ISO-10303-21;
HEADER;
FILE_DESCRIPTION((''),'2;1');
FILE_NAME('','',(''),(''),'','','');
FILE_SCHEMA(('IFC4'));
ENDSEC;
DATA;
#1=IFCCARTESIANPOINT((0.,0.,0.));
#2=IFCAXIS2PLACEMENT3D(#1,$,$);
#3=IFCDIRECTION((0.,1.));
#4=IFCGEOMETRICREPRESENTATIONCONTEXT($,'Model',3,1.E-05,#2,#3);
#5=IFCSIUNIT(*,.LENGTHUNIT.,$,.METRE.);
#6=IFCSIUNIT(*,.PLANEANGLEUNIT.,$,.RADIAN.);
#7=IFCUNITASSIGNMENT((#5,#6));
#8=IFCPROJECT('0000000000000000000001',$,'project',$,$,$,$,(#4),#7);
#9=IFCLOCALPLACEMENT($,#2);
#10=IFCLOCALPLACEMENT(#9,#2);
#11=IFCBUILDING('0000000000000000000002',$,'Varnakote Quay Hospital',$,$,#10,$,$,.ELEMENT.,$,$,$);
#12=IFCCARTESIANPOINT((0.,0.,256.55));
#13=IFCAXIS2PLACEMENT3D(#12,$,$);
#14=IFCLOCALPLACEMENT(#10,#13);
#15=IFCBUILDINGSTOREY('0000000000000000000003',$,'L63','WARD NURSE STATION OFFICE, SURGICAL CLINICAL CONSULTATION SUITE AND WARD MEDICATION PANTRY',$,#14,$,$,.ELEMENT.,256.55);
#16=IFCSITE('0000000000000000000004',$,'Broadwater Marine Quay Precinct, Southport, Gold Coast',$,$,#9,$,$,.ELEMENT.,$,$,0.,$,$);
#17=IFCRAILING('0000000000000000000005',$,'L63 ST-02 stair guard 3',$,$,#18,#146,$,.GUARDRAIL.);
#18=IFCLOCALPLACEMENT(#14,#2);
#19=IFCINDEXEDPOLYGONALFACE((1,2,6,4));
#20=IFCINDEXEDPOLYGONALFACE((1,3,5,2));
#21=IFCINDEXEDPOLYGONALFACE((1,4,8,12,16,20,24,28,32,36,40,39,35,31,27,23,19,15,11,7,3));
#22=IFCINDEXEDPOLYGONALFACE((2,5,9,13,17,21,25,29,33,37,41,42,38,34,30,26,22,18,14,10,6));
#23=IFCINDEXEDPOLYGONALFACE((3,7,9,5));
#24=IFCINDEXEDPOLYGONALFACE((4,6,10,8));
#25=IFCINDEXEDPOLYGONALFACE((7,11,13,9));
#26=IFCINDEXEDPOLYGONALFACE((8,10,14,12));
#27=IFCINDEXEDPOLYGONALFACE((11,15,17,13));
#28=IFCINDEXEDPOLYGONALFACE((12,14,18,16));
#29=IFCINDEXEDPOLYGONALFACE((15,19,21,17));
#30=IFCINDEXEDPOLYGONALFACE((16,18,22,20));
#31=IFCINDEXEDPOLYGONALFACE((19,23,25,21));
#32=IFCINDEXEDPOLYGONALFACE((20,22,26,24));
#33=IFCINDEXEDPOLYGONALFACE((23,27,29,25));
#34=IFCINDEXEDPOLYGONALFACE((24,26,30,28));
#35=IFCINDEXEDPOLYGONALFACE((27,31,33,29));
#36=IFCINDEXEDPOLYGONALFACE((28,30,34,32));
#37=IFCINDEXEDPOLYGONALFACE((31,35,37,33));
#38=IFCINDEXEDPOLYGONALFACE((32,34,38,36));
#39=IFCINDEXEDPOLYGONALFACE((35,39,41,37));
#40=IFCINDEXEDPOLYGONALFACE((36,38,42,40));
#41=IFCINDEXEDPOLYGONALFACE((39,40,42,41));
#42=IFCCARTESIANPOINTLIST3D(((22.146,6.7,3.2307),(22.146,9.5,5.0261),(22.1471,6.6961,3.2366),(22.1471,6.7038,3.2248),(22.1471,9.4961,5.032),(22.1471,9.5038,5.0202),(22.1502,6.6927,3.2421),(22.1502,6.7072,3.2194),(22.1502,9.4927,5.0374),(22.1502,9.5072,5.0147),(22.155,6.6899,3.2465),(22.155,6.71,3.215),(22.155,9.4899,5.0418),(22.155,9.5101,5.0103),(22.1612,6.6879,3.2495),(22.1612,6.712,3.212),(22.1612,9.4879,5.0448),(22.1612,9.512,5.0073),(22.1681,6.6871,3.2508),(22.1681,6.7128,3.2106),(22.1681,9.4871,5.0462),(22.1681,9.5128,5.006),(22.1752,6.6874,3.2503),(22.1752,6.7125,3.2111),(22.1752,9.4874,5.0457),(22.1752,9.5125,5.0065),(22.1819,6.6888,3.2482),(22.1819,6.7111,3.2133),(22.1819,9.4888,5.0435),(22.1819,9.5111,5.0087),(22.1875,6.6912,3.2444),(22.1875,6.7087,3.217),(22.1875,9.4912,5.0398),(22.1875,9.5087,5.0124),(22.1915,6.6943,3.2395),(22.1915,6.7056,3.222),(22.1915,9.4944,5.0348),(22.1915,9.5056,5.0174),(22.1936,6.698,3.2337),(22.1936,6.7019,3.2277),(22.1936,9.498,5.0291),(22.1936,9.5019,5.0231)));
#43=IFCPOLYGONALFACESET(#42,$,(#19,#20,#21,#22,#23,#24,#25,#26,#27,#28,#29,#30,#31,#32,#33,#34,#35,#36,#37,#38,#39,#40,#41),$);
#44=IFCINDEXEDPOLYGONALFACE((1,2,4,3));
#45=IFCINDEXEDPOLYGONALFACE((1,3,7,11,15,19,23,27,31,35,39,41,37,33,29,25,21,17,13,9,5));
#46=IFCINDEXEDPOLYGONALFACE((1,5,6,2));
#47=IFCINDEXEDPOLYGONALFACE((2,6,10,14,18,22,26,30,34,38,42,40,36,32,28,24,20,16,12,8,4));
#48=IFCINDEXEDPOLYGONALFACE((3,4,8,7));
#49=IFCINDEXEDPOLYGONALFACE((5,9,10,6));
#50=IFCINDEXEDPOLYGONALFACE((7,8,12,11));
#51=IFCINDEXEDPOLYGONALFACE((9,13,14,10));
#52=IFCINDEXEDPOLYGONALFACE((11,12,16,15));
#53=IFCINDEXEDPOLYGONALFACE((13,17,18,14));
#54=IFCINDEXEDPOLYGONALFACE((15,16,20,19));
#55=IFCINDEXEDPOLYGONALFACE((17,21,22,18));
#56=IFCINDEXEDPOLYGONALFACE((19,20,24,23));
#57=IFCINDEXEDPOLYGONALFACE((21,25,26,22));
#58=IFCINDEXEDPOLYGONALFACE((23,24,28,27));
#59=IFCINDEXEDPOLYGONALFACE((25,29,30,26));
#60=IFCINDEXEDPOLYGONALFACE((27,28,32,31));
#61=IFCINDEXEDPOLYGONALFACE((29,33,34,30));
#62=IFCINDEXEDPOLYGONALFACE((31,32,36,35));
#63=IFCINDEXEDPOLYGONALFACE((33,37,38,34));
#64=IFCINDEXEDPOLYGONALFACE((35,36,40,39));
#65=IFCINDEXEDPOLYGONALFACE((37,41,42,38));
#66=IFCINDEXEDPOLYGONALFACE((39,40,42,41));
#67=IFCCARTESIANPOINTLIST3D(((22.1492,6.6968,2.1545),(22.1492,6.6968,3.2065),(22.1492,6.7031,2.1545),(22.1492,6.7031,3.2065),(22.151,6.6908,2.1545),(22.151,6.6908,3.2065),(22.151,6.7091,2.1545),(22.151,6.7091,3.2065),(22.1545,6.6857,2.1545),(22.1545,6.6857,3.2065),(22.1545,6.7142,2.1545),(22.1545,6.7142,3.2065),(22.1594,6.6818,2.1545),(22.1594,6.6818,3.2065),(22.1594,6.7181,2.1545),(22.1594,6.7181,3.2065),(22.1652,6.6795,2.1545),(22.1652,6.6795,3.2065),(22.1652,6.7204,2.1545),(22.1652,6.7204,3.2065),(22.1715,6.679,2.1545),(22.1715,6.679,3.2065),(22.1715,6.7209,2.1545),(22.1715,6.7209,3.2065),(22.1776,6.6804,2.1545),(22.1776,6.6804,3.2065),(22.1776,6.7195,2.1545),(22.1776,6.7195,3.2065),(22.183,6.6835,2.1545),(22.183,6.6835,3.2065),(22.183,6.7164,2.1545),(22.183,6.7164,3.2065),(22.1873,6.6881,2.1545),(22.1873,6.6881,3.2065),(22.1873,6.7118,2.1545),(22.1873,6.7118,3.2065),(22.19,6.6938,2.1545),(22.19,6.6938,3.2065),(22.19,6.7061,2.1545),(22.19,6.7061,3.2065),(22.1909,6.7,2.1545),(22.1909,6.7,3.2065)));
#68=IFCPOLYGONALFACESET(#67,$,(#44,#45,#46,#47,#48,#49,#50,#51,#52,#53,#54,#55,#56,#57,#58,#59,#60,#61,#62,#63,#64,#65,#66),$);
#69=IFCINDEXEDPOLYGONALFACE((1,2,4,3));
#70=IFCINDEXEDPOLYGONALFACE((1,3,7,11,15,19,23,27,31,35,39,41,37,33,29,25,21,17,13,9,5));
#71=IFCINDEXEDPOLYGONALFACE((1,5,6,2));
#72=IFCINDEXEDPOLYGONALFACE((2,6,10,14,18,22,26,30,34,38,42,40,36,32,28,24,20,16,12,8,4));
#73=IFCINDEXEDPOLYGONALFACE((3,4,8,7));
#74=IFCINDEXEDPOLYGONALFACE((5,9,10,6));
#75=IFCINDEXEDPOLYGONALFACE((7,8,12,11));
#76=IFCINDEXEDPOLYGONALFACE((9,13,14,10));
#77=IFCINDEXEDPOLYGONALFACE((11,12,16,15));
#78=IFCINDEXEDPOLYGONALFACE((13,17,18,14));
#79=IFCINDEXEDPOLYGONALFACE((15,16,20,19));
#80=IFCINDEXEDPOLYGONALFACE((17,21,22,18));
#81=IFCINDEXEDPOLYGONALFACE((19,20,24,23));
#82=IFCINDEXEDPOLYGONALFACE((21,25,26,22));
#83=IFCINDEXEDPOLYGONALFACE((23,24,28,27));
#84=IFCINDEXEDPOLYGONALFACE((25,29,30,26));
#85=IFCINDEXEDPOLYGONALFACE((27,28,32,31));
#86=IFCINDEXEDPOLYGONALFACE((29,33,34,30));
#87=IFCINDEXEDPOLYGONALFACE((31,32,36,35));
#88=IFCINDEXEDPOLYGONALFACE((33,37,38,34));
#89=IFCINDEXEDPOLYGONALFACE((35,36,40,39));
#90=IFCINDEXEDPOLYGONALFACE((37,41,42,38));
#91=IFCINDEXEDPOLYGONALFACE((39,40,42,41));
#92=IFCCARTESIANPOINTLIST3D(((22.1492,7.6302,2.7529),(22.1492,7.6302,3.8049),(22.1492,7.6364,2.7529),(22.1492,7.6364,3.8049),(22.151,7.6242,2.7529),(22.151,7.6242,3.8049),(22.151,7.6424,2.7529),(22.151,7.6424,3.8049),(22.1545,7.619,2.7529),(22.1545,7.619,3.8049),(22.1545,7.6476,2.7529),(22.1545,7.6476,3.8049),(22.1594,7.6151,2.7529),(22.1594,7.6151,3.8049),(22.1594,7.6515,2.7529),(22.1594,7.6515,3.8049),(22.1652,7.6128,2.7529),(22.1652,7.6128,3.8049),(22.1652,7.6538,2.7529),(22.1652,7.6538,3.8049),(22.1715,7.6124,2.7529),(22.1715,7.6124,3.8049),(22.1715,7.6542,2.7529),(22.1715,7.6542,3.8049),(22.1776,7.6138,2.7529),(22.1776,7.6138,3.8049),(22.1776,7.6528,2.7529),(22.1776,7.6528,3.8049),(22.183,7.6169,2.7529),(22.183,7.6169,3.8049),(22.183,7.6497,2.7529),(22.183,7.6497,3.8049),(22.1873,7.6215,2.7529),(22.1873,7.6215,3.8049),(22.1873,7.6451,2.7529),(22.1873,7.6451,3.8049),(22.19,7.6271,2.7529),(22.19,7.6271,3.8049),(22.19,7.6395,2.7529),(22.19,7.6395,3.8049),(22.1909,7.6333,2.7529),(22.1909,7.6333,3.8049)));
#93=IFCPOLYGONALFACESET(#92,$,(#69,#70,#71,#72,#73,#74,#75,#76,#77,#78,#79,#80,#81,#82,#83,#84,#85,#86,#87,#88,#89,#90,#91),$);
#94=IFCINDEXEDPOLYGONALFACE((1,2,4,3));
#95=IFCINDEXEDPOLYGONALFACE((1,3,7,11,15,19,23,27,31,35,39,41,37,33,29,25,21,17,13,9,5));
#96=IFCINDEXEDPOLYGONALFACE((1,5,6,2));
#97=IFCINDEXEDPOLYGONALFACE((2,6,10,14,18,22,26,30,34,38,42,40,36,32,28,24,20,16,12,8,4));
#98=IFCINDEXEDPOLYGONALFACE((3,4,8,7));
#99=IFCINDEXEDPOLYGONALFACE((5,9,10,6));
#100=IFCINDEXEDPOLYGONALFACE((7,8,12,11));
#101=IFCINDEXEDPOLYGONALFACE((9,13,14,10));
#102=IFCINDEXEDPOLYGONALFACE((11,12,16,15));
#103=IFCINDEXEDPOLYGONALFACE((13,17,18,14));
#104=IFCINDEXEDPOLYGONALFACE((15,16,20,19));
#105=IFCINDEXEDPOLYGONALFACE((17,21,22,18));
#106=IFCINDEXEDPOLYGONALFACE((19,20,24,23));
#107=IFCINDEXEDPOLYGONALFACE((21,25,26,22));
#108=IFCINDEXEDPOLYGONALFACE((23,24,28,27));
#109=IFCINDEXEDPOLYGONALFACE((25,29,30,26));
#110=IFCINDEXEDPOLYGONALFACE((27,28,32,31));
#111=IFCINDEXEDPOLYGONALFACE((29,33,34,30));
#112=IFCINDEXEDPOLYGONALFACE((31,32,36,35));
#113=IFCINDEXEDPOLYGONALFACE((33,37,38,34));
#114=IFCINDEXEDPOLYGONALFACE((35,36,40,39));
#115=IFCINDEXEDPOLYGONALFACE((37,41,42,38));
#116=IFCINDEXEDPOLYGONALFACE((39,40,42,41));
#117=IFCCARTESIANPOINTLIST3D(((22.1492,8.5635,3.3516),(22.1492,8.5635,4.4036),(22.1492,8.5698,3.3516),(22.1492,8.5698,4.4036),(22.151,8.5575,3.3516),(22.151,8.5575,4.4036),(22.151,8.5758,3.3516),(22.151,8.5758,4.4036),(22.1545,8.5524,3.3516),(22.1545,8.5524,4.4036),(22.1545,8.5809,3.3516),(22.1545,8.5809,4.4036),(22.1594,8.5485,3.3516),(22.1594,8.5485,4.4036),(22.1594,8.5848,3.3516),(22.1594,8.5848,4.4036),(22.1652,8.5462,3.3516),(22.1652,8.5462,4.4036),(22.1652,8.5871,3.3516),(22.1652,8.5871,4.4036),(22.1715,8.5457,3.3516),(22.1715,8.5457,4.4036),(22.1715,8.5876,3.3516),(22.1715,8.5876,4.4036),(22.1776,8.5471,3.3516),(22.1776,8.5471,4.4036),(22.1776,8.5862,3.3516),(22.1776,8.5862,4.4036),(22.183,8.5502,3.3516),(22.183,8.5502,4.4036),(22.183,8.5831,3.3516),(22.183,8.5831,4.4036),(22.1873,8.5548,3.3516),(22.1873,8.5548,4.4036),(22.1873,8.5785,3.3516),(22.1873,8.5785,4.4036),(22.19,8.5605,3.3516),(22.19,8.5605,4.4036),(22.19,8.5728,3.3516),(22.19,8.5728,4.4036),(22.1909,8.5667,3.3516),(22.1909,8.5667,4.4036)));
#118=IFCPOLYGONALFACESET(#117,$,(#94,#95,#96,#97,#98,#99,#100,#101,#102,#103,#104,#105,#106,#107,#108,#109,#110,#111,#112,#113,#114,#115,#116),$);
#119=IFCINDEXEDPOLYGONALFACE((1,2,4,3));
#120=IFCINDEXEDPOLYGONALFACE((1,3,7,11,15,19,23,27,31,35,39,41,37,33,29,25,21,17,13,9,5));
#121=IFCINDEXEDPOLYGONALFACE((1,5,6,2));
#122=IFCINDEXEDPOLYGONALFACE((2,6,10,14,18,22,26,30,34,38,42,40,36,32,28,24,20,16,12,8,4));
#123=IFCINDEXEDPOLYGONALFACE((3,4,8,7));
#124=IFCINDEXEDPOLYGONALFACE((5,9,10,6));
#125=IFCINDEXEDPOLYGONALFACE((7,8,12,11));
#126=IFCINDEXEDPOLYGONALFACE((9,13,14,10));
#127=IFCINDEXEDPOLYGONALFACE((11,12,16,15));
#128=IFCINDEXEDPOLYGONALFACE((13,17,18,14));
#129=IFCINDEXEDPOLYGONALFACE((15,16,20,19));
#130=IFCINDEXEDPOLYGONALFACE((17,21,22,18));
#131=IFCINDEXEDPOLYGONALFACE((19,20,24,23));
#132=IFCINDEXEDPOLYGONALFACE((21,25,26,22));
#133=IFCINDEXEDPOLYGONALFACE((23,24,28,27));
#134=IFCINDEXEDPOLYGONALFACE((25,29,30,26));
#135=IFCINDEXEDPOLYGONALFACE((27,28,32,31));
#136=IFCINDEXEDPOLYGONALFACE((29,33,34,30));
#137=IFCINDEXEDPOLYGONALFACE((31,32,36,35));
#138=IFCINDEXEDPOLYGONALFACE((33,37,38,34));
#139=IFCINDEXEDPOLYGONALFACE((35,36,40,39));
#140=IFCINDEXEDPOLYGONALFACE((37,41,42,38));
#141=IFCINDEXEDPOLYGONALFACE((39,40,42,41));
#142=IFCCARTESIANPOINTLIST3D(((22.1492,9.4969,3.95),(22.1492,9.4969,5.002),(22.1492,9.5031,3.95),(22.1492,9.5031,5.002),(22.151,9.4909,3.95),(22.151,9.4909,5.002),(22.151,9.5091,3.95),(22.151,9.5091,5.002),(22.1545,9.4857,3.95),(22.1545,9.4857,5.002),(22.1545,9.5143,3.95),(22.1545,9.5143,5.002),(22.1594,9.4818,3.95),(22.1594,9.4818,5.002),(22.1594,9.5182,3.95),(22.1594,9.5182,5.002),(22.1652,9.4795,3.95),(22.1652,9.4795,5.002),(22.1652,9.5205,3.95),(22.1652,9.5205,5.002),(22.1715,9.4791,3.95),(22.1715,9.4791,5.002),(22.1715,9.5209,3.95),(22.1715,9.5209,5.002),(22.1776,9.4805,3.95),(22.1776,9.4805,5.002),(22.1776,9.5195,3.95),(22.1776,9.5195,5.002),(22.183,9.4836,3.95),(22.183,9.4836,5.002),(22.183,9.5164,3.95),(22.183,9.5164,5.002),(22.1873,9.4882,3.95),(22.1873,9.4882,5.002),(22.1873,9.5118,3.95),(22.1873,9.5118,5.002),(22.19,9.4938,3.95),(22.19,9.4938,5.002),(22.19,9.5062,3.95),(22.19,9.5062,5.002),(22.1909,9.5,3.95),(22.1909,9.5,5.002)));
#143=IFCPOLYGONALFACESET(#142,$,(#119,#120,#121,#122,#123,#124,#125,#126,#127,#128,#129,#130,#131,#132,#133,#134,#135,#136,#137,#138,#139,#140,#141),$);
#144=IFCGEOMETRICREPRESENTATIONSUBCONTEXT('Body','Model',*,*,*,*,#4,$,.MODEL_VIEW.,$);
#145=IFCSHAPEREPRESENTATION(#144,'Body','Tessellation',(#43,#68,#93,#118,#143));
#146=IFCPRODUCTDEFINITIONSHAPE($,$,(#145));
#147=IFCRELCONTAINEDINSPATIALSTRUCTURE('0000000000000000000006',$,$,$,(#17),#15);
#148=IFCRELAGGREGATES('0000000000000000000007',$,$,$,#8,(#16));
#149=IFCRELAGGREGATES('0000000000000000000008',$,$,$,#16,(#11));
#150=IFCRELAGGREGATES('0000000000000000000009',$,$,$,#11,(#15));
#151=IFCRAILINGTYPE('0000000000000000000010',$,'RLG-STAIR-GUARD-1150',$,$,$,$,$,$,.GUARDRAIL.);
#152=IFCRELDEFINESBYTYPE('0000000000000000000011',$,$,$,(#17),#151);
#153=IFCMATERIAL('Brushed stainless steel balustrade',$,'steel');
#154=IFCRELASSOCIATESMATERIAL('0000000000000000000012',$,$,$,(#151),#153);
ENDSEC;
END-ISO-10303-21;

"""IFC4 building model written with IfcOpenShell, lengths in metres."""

from ifc_helpers import new_model, si_unit, direction, frame, origin, origin_2d, place, context, subcontext, project, spatial, circle, extrude, material, type_object, element, save


model = new_model("IFC4")

# Units and contexts
model_context = context("Model", 3, precision=1e-05, world=origin(), true_north=direction((0.0, 1.0)))
body_context = subcontext(model_context, "Body", "Model", "MODEL_VIEW")
ifc_project = project(units=[si_unit("LENGTHUNIT", "METRE"), si_unit("PLANEANGLEUNIT", "RADIAN")], contexts=[model_context])

# Site, building, storey
site_placement = place(None, origin())
site = spatial("IfcSite", under=ifc_project, at=site_placement, Name="Broadwater Marine Quay Precinct, Southport, Gold Coast", CompositionType="ELEMENT", RefElevation=0.0)
building_placement = place(site_placement, origin())
building = spatial("IfcBuilding", under=site, at=building_placement, Name="Varnakote Quay Hospital", CompositionType="ELEMENT")
storey_placement = place(building_placement, frame((0.0, 0.0, 256.55)))
storey = spatial("IfcBuildingStorey", under=building, at=storey_placement, Name="L63", Description="WARD NURSE STATION OFFICE, SURGICAL CLINICAL CONSULTATION SUITE AND WARD MEDICATION PANTRY", CompositionType="ELEMENT", Elevation=256.55)

# Railing
ifc_material_1 = material(Name="Brushed stainless steel balustrade", Category="steel")
railing_type_1 = type_object("IfcRailingType", Name="RLG-STAIR-GUARD-1150", PredefinedType="GUARDRAIL", material=ifc_material_1)
railing_1_placement = place(storey_placement, frame((22.1699, 6.7, 2.1545)))
element("IfcRailing", 1, at=railing_1_placement, inside=storey, type_object=railing_type_1, Name="L63 ST-02 stair guard 3", PredefinedType="GUARDRAIL", context=body_context, shape_type="SweptSolid", body=[
    extrude(circle(Radius=0.0239, at=origin_2d()), frame((0.0, 0.0, 1.0762), z_axis=(0.0, 0.84181, 0.539774), x_axis=(-1.0, 0.0, 0.0)), (0.0, 0.0, 1.0), 3.3262),
    extrude(circle(Radius=0.021, at=origin_2d()), origin(), (0.0, 0.0, 1.0), 1.052),
    extrude(circle(Radius=0.021, at=origin_2d()), frame((0.0, 0.9333, 0.5984)), (0.0, 0.0, 1.0), 1.052),
    extrude(circle(Radius=0.021, at=origin_2d()), frame((0.0, 1.8667, 1.197)), (0.0, 0.0, 1.0), 1.052),
    extrude(circle(Radius=0.021, at=origin_2d()), frame((0.0, 2.8, 1.7954)), (0.0, 0.0, 1.0), 1.052),
])

save(model, "model.ifc")
